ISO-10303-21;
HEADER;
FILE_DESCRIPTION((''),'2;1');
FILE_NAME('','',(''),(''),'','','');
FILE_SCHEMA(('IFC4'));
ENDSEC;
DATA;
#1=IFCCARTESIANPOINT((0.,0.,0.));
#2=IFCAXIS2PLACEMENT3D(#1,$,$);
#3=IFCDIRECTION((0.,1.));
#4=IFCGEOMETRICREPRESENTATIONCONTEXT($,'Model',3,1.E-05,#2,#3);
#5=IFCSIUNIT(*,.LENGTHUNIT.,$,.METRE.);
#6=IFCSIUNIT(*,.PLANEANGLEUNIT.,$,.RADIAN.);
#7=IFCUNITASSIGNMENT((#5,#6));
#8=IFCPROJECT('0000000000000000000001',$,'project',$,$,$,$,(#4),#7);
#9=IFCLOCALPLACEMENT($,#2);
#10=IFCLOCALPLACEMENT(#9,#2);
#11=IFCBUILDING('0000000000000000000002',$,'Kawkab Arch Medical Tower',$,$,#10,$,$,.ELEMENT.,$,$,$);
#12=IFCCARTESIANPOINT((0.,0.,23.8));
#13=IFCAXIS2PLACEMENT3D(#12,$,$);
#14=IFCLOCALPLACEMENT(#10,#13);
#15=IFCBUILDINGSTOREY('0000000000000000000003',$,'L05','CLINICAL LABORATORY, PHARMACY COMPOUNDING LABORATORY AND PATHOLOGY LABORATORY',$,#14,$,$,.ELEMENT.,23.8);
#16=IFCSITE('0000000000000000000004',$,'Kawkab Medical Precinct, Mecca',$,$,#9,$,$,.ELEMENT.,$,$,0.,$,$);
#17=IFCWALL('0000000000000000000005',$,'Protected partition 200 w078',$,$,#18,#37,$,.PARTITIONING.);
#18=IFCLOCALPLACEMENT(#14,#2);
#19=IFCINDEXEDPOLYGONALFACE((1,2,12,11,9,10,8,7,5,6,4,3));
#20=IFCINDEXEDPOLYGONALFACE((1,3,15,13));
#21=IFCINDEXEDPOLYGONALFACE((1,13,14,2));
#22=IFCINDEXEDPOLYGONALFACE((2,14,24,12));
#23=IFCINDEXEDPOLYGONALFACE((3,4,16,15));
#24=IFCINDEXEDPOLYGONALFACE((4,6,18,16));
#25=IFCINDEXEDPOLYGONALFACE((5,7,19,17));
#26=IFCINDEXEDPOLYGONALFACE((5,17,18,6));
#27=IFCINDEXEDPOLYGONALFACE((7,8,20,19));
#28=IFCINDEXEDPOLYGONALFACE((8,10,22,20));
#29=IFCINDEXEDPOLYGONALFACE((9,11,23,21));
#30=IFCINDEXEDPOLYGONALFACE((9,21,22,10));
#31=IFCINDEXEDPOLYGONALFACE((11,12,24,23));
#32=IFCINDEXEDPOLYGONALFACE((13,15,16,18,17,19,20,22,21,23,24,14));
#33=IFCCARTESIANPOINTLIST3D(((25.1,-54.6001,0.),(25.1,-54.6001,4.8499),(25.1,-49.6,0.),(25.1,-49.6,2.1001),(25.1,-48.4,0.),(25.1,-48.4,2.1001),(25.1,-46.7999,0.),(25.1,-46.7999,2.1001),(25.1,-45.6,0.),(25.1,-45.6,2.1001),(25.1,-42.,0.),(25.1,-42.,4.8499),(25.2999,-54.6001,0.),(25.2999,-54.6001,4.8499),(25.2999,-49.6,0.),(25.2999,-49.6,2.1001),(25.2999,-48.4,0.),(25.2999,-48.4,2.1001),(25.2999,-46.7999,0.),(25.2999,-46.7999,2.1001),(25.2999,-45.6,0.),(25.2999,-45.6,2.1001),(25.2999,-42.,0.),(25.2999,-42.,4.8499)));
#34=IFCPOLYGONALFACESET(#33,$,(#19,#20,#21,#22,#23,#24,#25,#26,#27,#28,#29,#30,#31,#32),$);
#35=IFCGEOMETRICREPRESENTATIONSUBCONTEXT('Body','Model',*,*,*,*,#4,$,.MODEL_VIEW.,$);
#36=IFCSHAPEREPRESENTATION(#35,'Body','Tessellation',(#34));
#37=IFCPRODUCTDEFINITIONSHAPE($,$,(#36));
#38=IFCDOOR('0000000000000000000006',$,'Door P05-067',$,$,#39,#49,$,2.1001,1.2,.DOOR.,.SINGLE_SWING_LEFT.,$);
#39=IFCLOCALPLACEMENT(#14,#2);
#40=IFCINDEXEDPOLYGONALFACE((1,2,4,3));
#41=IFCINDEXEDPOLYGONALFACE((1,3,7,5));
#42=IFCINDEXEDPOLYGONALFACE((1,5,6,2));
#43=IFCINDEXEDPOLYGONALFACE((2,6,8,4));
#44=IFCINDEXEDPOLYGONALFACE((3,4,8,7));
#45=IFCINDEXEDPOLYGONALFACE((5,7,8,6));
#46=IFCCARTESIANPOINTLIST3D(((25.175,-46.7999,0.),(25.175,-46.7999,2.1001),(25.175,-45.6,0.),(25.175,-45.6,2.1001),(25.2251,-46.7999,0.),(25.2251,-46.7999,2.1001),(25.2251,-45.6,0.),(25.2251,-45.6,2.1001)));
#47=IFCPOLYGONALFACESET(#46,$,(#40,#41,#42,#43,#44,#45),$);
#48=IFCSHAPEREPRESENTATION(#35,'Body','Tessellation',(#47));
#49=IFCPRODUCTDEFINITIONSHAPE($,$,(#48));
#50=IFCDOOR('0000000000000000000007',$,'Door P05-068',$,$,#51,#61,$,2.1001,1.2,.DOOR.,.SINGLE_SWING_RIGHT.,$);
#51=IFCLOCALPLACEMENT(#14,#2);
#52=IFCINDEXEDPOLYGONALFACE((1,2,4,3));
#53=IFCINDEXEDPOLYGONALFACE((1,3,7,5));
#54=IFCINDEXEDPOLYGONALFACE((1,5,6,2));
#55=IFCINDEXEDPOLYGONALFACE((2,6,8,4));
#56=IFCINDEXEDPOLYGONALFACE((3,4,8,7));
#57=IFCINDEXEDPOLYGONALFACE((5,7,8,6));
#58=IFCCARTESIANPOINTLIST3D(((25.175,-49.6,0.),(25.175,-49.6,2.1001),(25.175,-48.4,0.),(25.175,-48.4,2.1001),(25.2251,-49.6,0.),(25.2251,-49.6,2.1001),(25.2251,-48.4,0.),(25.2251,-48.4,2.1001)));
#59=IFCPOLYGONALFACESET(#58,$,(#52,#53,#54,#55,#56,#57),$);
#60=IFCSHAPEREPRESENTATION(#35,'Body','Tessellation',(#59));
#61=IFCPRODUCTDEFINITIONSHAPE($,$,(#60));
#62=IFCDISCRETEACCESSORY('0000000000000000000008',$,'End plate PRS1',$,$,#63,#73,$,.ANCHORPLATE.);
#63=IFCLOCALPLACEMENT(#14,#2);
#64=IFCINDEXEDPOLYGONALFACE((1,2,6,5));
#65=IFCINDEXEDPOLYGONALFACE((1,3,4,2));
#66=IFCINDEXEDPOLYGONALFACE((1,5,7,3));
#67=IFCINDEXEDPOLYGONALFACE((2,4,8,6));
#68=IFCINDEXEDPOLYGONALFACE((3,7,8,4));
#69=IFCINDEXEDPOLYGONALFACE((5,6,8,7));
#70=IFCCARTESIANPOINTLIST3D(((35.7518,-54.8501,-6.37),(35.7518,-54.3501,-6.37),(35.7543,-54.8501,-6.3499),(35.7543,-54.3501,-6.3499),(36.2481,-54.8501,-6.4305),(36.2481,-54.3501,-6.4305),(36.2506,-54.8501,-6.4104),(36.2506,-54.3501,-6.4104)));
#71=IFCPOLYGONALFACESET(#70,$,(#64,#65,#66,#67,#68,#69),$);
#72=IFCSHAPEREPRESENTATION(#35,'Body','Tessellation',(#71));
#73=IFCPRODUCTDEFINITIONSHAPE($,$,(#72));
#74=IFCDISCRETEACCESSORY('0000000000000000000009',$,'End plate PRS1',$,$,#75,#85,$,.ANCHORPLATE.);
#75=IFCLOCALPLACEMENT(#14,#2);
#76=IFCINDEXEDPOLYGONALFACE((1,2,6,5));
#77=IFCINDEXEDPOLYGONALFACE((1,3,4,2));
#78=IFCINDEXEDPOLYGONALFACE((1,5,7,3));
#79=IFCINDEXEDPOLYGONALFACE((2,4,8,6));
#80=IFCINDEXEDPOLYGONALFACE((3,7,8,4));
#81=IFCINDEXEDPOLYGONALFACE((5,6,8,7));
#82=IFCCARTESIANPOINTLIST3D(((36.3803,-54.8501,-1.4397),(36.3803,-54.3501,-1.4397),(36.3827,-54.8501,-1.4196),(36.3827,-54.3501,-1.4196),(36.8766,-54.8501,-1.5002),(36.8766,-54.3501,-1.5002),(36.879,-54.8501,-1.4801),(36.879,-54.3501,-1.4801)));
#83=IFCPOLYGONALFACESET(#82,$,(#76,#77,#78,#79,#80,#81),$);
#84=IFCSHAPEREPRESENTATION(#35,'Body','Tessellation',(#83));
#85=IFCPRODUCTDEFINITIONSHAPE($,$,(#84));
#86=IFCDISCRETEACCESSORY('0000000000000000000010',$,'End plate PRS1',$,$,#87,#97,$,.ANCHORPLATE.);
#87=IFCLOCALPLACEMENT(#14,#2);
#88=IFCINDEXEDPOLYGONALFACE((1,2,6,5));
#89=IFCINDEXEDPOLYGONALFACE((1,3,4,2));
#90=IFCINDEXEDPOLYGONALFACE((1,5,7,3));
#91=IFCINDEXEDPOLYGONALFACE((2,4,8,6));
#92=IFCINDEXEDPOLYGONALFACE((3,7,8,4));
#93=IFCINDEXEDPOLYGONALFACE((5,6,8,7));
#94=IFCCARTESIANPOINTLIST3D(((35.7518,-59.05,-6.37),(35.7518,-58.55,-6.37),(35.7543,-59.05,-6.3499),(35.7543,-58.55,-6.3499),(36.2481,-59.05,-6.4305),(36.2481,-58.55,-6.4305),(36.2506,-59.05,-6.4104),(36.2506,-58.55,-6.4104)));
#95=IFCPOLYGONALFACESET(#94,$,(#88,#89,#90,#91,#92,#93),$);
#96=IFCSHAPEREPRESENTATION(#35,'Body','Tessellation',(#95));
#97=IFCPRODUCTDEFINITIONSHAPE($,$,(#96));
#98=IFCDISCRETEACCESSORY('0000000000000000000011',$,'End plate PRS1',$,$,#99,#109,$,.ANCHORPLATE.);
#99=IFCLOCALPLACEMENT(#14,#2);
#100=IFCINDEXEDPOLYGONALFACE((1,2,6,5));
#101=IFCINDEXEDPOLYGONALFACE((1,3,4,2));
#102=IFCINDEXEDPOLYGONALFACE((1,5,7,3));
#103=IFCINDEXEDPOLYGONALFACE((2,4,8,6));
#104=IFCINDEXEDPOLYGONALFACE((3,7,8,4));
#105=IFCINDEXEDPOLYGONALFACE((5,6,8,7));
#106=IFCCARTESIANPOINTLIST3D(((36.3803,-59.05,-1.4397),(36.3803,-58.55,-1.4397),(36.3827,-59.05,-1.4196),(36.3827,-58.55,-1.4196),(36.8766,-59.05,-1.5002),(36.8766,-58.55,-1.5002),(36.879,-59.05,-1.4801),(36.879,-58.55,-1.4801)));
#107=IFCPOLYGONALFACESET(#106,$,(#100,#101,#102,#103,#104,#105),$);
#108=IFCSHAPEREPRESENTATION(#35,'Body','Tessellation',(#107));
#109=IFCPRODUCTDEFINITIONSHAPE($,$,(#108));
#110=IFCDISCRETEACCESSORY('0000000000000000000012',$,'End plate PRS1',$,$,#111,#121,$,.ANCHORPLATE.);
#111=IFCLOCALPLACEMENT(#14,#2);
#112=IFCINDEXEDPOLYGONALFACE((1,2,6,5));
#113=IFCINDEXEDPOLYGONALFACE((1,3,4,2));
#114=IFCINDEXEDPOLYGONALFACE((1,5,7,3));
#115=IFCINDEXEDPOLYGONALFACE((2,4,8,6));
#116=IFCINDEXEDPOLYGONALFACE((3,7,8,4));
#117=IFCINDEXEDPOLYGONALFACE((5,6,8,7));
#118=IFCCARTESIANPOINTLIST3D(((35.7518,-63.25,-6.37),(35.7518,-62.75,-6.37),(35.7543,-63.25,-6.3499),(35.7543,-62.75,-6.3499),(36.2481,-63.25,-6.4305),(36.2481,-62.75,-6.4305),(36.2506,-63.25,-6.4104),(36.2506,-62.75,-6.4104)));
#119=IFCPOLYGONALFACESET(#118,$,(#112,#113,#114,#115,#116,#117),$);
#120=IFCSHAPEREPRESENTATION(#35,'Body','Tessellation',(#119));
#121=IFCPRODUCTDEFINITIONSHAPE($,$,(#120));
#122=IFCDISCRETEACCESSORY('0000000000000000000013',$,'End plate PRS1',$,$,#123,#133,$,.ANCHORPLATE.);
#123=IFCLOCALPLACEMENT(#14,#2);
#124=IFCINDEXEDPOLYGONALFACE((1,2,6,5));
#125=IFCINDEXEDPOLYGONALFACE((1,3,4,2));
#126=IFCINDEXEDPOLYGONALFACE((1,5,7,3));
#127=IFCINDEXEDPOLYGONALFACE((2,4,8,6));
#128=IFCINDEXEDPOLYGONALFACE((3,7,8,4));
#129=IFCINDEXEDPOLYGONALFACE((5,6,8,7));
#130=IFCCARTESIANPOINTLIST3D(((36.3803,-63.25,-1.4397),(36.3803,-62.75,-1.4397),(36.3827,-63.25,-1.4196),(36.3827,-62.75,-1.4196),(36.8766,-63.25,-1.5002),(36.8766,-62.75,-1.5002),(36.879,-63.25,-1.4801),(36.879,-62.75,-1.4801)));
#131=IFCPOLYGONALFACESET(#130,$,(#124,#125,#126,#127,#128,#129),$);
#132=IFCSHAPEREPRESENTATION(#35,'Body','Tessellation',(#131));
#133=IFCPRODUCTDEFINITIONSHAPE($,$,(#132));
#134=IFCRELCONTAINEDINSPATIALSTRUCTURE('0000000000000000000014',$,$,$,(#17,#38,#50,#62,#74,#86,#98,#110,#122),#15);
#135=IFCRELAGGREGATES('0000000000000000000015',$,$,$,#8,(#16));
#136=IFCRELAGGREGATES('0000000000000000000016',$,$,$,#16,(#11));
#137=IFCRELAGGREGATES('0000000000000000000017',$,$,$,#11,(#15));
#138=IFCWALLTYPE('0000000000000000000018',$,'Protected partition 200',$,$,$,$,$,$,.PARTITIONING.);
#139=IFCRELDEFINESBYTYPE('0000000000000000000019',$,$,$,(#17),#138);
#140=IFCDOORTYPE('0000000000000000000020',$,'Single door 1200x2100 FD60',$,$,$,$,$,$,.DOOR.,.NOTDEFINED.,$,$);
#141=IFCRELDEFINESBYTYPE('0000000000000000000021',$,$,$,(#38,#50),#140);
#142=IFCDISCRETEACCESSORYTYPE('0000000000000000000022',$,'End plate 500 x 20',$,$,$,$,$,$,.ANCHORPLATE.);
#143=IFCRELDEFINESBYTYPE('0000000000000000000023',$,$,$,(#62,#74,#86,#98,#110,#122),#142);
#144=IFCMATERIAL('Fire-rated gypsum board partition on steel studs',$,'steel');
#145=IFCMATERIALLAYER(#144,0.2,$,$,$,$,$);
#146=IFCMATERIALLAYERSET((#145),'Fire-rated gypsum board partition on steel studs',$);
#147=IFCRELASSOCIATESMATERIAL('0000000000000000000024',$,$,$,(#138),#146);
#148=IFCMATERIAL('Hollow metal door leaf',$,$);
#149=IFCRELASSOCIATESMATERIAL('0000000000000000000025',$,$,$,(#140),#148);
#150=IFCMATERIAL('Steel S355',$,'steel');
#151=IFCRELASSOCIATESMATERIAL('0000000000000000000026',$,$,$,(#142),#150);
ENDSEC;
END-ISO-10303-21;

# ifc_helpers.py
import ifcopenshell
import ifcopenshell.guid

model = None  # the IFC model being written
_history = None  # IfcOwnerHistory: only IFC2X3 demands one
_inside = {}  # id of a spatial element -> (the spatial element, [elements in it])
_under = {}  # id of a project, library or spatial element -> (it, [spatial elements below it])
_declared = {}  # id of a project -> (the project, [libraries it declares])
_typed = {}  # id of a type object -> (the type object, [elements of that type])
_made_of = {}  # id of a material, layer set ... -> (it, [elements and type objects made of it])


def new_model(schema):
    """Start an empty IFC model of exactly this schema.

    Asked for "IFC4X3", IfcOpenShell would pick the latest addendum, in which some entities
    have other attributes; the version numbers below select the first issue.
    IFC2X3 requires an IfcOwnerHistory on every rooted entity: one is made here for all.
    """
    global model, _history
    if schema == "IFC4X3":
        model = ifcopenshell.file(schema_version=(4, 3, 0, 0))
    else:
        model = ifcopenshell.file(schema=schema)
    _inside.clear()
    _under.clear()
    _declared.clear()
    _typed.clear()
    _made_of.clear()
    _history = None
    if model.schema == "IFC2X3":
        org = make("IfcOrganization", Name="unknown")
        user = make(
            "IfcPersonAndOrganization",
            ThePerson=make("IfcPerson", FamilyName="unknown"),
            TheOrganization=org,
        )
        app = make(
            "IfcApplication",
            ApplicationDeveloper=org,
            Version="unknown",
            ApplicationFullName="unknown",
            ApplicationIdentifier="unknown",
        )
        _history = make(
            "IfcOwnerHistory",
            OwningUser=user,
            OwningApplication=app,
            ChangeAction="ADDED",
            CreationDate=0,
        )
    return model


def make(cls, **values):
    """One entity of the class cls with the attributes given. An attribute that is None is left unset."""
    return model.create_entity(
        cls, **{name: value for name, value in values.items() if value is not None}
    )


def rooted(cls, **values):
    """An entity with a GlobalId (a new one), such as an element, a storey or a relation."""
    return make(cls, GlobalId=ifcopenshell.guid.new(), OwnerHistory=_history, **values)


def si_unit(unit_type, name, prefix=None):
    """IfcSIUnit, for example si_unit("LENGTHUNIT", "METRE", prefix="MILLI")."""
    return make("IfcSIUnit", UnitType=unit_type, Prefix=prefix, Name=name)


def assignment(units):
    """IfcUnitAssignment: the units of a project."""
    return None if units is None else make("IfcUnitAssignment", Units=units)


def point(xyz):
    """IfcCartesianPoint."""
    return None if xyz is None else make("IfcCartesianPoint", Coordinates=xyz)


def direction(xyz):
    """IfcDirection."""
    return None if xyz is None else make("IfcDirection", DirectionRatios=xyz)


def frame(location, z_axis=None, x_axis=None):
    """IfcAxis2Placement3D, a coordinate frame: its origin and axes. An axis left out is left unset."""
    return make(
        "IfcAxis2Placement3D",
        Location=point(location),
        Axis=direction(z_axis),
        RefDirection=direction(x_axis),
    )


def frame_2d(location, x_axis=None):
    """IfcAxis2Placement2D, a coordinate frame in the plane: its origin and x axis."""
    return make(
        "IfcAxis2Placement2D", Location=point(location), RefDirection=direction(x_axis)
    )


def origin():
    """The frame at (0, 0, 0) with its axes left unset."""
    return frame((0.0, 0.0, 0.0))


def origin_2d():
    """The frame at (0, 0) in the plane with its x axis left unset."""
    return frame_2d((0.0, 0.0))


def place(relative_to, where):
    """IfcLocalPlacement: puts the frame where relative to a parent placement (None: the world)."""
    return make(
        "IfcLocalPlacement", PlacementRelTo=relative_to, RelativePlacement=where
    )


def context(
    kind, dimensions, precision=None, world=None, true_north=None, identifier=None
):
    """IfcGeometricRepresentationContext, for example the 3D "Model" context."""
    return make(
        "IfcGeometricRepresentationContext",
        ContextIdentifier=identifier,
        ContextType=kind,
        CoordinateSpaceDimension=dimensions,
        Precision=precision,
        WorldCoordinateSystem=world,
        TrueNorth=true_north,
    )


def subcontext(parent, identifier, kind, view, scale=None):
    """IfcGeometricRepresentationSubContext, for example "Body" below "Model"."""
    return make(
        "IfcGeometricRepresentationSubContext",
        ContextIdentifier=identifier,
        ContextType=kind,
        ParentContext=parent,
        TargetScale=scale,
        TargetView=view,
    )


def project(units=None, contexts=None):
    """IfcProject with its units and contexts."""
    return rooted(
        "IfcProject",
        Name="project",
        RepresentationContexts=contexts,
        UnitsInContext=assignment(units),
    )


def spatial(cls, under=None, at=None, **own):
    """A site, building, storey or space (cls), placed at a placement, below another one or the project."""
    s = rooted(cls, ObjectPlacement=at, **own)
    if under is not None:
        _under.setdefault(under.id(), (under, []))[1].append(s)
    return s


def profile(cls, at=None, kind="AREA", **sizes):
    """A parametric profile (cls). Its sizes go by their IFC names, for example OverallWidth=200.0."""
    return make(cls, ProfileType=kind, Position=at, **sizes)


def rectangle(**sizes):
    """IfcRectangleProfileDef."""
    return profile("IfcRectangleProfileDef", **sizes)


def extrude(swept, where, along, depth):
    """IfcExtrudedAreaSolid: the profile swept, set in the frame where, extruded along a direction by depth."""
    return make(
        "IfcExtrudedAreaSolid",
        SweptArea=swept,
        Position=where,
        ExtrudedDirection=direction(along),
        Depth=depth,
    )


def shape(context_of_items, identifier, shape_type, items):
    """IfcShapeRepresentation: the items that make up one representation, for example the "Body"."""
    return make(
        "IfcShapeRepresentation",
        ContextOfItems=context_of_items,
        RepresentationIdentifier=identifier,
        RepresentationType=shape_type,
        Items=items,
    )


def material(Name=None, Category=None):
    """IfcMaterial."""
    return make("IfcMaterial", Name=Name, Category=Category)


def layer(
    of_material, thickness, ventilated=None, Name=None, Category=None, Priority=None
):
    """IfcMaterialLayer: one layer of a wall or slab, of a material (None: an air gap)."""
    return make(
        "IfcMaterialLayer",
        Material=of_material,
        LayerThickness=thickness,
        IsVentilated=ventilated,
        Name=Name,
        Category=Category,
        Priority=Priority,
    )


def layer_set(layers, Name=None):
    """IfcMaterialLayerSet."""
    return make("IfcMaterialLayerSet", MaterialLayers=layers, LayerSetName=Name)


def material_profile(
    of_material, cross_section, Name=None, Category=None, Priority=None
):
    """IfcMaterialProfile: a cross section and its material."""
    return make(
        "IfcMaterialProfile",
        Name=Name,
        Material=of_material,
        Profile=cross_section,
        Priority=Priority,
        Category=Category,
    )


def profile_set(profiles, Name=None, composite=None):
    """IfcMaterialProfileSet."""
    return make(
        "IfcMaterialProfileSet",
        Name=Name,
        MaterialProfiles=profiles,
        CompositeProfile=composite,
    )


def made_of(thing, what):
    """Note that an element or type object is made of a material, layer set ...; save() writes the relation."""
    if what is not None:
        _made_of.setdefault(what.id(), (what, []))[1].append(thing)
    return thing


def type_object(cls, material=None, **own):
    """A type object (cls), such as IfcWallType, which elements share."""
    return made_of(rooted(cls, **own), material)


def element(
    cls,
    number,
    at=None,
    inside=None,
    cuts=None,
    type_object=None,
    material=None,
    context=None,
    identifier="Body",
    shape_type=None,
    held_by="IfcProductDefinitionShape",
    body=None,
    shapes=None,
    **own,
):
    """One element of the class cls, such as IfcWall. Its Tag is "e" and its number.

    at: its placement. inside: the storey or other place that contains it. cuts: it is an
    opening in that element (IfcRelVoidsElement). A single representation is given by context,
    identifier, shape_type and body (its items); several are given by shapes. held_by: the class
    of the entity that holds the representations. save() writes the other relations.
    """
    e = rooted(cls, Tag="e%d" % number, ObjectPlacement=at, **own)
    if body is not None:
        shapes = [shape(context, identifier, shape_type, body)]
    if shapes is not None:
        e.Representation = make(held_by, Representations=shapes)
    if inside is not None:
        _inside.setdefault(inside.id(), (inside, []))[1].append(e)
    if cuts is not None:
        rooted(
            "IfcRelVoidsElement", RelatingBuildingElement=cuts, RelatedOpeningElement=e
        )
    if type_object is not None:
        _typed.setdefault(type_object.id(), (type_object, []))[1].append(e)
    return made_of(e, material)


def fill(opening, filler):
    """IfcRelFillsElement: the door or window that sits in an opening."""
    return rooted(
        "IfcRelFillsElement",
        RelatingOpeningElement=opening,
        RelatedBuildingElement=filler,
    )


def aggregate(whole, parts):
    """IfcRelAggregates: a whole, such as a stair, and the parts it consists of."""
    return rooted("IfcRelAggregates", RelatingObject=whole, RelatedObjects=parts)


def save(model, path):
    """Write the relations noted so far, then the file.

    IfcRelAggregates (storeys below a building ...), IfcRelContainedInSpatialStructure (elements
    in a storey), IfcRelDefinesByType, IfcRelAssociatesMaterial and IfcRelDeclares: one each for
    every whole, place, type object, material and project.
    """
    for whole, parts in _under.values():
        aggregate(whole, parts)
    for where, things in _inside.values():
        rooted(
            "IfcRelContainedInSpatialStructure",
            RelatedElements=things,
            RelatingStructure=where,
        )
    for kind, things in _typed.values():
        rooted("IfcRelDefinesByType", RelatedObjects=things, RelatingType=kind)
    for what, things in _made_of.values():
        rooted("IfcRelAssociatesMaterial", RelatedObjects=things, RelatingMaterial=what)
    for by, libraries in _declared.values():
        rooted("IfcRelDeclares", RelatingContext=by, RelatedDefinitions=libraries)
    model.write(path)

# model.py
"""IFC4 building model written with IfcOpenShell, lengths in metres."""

from ifc_helpers import new_model, si_unit, direction, frame, frame_2d, origin, origin_2d, place, context, subcontext, project, spatial, rectangle, extrude, material, layer, layer_set, material_profile, profile_set, type_object, element, fill, save


model = new_model("IFC4")

# Units and contexts
model_context = context("Model", 3, precision=1e-05, world=origin(), true_north=direction((0.0, 1.0)))
body_context = subcontext(model_context, "Body", "Model", "MODEL_VIEW")
ifc_project = project(units=[si_unit("LENGTHUNIT", "METRE"), si_unit("PLANEANGLEUNIT", "RADIAN")], contexts=[model_context])

# Site, building, storey
site_placement = place(None, origin())
site = spatial("IfcSite", under=ifc_project, at=site_placement, Name="Kawkab Medical Precinct, Mecca", CompositionType="ELEMENT", RefElevation=0.0)
building_placement = place(site_placement, origin())
building = spatial("IfcBuilding", under=site, at=building_placement, Name="Kawkab Arch Medical Tower", CompositionType="ELEMENT")
storey_placement = place(building_placement, frame((0.0, 0.0, 23.8)))
storey = spatial("IfcBuildingStorey", under=building, at=storey_placement, Name="L05", Description="CLINICAL LABORATORY, PHARMACY COMPOUNDING LABORATORY AND PATHOLOGY LABORATORY", CompositionType="ELEMENT", Elevation=23.8)

# Shared definitions
ifc_material_1 = material(Name="Fire-rated gypsum board partition on steel studs", Category="steel")
ifc_layer = layer(ifc_material_1, 0.2)
ifc_layer_set = layer_set([ifc_layer], Name="Fire-rated gypsum board partition on steel studs")
wall_type = type_object("IfcWallType", Name="Protected partition 200", PredefinedType="PARTITIONING", material=ifc_layer_set)

# Wall, openings, doors
wall_1_placement = place(storey_placement, frame((25.2, -54.6001, 0.0), z_axis=(0.0, 0.0, 1.0), x_axis=(0.0, 1.0, 0.0)))
wall_1 = element("IfcWall", 1, at=wall_1_placement, inside=storey, type_object=wall_type, Name="Protected partition 200 w078", PredefinedType="PARTITIONING", context=body_context, shape_type="SweptSolid", body=[
    extrude(rectangle(XDim=12.6001, YDim=0.2, at=frame_2d((6.3, 0.0))), origin(), (0.0, 0.0, 1.0), 4.8499),
])
opening_1_placement = place(wall_1_placement, frame((7.8, 0.0, 0.0)))
opening_1 = element("IfcOpeningElement", 2, at=opening_1_placement, cuts=wall_1, PredefinedType="OPENING", context=body_context, shape_type="SweptSolid", body=[
    extrude(rectangle(XDim=1.2, YDim=2.1001, at=frame_2d((0.6001, 1.05))), frame((0.0, 0.1099, 0.0), z_axis=(0.0, -1.0, 0.0), x_axis=(1.0, 0.0, 0.0)), (0.0, 0.0, 1.0), 0.22),
])
opening_2_placement = place(wall_1_placement, frame((5.0, 0.0, 0.0)))
opening_2 = element("IfcOpeningElement", 3, at=opening_2_placement, cuts=wall_1, PredefinedType="OPENING", context=body_context, shape_type="SweptSolid", body=[
    extrude(rectangle(XDim=1.2, YDim=2.1001, at=frame_2d((0.6001, 1.05))), frame((0.0, 0.1099, 0.0), z_axis=(0.0, -1.0, 0.0), x_axis=(1.0, 0.0, 0.0)), (0.0, 0.0, 1.0), 0.22),
])
ifc_material_2 = material(Name="Hollow metal door leaf")
door_type = type_object("IfcDoorType", Name="Single door 1200x2100 FD60", OperationType="NOTDEFINED", PredefinedType="DOOR", material=ifc_material_2)
door_1_placement = place(opening_1_placement, origin())
door_1 = element("IfcDoor", 4, at=door_1_placement, inside=storey, type_object=door_type, Name="Door P05-067", OperationType="SINGLE_SWING_LEFT", OverallHeight=2.1001, OverallWidth=1.2, PredefinedType="DOOR", context=body_context, shape_type="SweptSolid", body=[
    extrude(rectangle(XDim=1.2, YDim=2.1001, at=frame_2d((0.6001, 1.05))), frame((0.0, 0.0249, 0.0), z_axis=(0.0, -1.0, 0.0), x_axis=(1.0, 0.0, 0.0)), (0.0, 0.0, 1.0), 0.05),
])
fill(opening_1, door_1)
door_2_placement = place(opening_2_placement, origin())
door_2 = element("IfcDoor", 5, at=door_2_placement, inside=storey, type_object=door_type, Name="Door P05-068", OperationType="SINGLE_SWING_RIGHT", OverallHeight=2.1001, OverallWidth=1.2, PredefinedType="DOOR", context=body_context, shape_type="SweptSolid", body=[
    extrude(rectangle(XDim=1.2, YDim=2.1001, at=frame_2d((0.6001, 1.05))), frame((0.0, 0.0249, 0.0), z_axis=(0.0, -1.0, 0.0), x_axis=(1.0, 0.0, 0.0)), (0.0, 0.0, 1.0), 0.05),
])
fill(opening_2, door_2)

# Discrete accessories
ifc_material_3 = material(Name="Steel S355", Category="steel")
ifc_material_profile_1 = material_profile(ifc_material_3, rectangle(XDim=0.5, YDim=0.5, at=origin_2d()), Name="End plate 500 x 20")
ifc_profile_set_1 = profile_set([ifc_material_profile_1], Name="Steel S355")
discrete_accessory_type = type_object("IfcDiscreteAccessoryType", Name="End plate 500 x 20", PredefinedType="ANCHORPLATE", material=ifc_profile_set_1)
for number, where, z_axis, x_axis, name in (
    (6, (36.0024, -54.6001, -6.3801), (-0.121054, 0.0, -0.992646), (0.0, -1.0, 0.0), "End plate PRS1"),
    (7, (36.6284, -54.6001, -1.47), (0.121054, 0.0, 0.992646), (0.0, 1.0, 0.0), "End plate PRS1"),
    (8, (36.0024, -58.8, -6.3801), (-0.121054, 0.0, -0.992646), (0.0, -1.0, 0.0), "End plate PRS1"),
    (9, (36.6284, -58.8, -1.47), (0.121054, 0.0, 0.992646), (0.0, 1.0, 0.0), "End plate PRS1"),
    (10, (36.0024, -63.0, -6.3801), (-0.121054, 0.0, -0.992646), (0.0, -1.0, 0.0), "End plate PRS1"),
    (11, (36.6284, -63.0, -1.47), (0.121054, 0.0, 0.992646), (0.0, 1.0, 0.0), "End plate PRS1"),
):
    element("IfcDiscreteAccessory", number, at=place(storey_placement, frame(where, z_axis=z_axis, x_axis=x_axis)), inside=storey, type_object=discrete_accessory_type, Name=name, PredefinedType="ANCHORPLATE", context=body_context, shape_type="SweptSolid", body=[
        extrude(rectangle(XDim=0.5, YDim=0.5, at=origin_2d()), origin(), (0.0, 0.0, 1.0), 0.0203),
    ])

save(model, "model.ifc")
